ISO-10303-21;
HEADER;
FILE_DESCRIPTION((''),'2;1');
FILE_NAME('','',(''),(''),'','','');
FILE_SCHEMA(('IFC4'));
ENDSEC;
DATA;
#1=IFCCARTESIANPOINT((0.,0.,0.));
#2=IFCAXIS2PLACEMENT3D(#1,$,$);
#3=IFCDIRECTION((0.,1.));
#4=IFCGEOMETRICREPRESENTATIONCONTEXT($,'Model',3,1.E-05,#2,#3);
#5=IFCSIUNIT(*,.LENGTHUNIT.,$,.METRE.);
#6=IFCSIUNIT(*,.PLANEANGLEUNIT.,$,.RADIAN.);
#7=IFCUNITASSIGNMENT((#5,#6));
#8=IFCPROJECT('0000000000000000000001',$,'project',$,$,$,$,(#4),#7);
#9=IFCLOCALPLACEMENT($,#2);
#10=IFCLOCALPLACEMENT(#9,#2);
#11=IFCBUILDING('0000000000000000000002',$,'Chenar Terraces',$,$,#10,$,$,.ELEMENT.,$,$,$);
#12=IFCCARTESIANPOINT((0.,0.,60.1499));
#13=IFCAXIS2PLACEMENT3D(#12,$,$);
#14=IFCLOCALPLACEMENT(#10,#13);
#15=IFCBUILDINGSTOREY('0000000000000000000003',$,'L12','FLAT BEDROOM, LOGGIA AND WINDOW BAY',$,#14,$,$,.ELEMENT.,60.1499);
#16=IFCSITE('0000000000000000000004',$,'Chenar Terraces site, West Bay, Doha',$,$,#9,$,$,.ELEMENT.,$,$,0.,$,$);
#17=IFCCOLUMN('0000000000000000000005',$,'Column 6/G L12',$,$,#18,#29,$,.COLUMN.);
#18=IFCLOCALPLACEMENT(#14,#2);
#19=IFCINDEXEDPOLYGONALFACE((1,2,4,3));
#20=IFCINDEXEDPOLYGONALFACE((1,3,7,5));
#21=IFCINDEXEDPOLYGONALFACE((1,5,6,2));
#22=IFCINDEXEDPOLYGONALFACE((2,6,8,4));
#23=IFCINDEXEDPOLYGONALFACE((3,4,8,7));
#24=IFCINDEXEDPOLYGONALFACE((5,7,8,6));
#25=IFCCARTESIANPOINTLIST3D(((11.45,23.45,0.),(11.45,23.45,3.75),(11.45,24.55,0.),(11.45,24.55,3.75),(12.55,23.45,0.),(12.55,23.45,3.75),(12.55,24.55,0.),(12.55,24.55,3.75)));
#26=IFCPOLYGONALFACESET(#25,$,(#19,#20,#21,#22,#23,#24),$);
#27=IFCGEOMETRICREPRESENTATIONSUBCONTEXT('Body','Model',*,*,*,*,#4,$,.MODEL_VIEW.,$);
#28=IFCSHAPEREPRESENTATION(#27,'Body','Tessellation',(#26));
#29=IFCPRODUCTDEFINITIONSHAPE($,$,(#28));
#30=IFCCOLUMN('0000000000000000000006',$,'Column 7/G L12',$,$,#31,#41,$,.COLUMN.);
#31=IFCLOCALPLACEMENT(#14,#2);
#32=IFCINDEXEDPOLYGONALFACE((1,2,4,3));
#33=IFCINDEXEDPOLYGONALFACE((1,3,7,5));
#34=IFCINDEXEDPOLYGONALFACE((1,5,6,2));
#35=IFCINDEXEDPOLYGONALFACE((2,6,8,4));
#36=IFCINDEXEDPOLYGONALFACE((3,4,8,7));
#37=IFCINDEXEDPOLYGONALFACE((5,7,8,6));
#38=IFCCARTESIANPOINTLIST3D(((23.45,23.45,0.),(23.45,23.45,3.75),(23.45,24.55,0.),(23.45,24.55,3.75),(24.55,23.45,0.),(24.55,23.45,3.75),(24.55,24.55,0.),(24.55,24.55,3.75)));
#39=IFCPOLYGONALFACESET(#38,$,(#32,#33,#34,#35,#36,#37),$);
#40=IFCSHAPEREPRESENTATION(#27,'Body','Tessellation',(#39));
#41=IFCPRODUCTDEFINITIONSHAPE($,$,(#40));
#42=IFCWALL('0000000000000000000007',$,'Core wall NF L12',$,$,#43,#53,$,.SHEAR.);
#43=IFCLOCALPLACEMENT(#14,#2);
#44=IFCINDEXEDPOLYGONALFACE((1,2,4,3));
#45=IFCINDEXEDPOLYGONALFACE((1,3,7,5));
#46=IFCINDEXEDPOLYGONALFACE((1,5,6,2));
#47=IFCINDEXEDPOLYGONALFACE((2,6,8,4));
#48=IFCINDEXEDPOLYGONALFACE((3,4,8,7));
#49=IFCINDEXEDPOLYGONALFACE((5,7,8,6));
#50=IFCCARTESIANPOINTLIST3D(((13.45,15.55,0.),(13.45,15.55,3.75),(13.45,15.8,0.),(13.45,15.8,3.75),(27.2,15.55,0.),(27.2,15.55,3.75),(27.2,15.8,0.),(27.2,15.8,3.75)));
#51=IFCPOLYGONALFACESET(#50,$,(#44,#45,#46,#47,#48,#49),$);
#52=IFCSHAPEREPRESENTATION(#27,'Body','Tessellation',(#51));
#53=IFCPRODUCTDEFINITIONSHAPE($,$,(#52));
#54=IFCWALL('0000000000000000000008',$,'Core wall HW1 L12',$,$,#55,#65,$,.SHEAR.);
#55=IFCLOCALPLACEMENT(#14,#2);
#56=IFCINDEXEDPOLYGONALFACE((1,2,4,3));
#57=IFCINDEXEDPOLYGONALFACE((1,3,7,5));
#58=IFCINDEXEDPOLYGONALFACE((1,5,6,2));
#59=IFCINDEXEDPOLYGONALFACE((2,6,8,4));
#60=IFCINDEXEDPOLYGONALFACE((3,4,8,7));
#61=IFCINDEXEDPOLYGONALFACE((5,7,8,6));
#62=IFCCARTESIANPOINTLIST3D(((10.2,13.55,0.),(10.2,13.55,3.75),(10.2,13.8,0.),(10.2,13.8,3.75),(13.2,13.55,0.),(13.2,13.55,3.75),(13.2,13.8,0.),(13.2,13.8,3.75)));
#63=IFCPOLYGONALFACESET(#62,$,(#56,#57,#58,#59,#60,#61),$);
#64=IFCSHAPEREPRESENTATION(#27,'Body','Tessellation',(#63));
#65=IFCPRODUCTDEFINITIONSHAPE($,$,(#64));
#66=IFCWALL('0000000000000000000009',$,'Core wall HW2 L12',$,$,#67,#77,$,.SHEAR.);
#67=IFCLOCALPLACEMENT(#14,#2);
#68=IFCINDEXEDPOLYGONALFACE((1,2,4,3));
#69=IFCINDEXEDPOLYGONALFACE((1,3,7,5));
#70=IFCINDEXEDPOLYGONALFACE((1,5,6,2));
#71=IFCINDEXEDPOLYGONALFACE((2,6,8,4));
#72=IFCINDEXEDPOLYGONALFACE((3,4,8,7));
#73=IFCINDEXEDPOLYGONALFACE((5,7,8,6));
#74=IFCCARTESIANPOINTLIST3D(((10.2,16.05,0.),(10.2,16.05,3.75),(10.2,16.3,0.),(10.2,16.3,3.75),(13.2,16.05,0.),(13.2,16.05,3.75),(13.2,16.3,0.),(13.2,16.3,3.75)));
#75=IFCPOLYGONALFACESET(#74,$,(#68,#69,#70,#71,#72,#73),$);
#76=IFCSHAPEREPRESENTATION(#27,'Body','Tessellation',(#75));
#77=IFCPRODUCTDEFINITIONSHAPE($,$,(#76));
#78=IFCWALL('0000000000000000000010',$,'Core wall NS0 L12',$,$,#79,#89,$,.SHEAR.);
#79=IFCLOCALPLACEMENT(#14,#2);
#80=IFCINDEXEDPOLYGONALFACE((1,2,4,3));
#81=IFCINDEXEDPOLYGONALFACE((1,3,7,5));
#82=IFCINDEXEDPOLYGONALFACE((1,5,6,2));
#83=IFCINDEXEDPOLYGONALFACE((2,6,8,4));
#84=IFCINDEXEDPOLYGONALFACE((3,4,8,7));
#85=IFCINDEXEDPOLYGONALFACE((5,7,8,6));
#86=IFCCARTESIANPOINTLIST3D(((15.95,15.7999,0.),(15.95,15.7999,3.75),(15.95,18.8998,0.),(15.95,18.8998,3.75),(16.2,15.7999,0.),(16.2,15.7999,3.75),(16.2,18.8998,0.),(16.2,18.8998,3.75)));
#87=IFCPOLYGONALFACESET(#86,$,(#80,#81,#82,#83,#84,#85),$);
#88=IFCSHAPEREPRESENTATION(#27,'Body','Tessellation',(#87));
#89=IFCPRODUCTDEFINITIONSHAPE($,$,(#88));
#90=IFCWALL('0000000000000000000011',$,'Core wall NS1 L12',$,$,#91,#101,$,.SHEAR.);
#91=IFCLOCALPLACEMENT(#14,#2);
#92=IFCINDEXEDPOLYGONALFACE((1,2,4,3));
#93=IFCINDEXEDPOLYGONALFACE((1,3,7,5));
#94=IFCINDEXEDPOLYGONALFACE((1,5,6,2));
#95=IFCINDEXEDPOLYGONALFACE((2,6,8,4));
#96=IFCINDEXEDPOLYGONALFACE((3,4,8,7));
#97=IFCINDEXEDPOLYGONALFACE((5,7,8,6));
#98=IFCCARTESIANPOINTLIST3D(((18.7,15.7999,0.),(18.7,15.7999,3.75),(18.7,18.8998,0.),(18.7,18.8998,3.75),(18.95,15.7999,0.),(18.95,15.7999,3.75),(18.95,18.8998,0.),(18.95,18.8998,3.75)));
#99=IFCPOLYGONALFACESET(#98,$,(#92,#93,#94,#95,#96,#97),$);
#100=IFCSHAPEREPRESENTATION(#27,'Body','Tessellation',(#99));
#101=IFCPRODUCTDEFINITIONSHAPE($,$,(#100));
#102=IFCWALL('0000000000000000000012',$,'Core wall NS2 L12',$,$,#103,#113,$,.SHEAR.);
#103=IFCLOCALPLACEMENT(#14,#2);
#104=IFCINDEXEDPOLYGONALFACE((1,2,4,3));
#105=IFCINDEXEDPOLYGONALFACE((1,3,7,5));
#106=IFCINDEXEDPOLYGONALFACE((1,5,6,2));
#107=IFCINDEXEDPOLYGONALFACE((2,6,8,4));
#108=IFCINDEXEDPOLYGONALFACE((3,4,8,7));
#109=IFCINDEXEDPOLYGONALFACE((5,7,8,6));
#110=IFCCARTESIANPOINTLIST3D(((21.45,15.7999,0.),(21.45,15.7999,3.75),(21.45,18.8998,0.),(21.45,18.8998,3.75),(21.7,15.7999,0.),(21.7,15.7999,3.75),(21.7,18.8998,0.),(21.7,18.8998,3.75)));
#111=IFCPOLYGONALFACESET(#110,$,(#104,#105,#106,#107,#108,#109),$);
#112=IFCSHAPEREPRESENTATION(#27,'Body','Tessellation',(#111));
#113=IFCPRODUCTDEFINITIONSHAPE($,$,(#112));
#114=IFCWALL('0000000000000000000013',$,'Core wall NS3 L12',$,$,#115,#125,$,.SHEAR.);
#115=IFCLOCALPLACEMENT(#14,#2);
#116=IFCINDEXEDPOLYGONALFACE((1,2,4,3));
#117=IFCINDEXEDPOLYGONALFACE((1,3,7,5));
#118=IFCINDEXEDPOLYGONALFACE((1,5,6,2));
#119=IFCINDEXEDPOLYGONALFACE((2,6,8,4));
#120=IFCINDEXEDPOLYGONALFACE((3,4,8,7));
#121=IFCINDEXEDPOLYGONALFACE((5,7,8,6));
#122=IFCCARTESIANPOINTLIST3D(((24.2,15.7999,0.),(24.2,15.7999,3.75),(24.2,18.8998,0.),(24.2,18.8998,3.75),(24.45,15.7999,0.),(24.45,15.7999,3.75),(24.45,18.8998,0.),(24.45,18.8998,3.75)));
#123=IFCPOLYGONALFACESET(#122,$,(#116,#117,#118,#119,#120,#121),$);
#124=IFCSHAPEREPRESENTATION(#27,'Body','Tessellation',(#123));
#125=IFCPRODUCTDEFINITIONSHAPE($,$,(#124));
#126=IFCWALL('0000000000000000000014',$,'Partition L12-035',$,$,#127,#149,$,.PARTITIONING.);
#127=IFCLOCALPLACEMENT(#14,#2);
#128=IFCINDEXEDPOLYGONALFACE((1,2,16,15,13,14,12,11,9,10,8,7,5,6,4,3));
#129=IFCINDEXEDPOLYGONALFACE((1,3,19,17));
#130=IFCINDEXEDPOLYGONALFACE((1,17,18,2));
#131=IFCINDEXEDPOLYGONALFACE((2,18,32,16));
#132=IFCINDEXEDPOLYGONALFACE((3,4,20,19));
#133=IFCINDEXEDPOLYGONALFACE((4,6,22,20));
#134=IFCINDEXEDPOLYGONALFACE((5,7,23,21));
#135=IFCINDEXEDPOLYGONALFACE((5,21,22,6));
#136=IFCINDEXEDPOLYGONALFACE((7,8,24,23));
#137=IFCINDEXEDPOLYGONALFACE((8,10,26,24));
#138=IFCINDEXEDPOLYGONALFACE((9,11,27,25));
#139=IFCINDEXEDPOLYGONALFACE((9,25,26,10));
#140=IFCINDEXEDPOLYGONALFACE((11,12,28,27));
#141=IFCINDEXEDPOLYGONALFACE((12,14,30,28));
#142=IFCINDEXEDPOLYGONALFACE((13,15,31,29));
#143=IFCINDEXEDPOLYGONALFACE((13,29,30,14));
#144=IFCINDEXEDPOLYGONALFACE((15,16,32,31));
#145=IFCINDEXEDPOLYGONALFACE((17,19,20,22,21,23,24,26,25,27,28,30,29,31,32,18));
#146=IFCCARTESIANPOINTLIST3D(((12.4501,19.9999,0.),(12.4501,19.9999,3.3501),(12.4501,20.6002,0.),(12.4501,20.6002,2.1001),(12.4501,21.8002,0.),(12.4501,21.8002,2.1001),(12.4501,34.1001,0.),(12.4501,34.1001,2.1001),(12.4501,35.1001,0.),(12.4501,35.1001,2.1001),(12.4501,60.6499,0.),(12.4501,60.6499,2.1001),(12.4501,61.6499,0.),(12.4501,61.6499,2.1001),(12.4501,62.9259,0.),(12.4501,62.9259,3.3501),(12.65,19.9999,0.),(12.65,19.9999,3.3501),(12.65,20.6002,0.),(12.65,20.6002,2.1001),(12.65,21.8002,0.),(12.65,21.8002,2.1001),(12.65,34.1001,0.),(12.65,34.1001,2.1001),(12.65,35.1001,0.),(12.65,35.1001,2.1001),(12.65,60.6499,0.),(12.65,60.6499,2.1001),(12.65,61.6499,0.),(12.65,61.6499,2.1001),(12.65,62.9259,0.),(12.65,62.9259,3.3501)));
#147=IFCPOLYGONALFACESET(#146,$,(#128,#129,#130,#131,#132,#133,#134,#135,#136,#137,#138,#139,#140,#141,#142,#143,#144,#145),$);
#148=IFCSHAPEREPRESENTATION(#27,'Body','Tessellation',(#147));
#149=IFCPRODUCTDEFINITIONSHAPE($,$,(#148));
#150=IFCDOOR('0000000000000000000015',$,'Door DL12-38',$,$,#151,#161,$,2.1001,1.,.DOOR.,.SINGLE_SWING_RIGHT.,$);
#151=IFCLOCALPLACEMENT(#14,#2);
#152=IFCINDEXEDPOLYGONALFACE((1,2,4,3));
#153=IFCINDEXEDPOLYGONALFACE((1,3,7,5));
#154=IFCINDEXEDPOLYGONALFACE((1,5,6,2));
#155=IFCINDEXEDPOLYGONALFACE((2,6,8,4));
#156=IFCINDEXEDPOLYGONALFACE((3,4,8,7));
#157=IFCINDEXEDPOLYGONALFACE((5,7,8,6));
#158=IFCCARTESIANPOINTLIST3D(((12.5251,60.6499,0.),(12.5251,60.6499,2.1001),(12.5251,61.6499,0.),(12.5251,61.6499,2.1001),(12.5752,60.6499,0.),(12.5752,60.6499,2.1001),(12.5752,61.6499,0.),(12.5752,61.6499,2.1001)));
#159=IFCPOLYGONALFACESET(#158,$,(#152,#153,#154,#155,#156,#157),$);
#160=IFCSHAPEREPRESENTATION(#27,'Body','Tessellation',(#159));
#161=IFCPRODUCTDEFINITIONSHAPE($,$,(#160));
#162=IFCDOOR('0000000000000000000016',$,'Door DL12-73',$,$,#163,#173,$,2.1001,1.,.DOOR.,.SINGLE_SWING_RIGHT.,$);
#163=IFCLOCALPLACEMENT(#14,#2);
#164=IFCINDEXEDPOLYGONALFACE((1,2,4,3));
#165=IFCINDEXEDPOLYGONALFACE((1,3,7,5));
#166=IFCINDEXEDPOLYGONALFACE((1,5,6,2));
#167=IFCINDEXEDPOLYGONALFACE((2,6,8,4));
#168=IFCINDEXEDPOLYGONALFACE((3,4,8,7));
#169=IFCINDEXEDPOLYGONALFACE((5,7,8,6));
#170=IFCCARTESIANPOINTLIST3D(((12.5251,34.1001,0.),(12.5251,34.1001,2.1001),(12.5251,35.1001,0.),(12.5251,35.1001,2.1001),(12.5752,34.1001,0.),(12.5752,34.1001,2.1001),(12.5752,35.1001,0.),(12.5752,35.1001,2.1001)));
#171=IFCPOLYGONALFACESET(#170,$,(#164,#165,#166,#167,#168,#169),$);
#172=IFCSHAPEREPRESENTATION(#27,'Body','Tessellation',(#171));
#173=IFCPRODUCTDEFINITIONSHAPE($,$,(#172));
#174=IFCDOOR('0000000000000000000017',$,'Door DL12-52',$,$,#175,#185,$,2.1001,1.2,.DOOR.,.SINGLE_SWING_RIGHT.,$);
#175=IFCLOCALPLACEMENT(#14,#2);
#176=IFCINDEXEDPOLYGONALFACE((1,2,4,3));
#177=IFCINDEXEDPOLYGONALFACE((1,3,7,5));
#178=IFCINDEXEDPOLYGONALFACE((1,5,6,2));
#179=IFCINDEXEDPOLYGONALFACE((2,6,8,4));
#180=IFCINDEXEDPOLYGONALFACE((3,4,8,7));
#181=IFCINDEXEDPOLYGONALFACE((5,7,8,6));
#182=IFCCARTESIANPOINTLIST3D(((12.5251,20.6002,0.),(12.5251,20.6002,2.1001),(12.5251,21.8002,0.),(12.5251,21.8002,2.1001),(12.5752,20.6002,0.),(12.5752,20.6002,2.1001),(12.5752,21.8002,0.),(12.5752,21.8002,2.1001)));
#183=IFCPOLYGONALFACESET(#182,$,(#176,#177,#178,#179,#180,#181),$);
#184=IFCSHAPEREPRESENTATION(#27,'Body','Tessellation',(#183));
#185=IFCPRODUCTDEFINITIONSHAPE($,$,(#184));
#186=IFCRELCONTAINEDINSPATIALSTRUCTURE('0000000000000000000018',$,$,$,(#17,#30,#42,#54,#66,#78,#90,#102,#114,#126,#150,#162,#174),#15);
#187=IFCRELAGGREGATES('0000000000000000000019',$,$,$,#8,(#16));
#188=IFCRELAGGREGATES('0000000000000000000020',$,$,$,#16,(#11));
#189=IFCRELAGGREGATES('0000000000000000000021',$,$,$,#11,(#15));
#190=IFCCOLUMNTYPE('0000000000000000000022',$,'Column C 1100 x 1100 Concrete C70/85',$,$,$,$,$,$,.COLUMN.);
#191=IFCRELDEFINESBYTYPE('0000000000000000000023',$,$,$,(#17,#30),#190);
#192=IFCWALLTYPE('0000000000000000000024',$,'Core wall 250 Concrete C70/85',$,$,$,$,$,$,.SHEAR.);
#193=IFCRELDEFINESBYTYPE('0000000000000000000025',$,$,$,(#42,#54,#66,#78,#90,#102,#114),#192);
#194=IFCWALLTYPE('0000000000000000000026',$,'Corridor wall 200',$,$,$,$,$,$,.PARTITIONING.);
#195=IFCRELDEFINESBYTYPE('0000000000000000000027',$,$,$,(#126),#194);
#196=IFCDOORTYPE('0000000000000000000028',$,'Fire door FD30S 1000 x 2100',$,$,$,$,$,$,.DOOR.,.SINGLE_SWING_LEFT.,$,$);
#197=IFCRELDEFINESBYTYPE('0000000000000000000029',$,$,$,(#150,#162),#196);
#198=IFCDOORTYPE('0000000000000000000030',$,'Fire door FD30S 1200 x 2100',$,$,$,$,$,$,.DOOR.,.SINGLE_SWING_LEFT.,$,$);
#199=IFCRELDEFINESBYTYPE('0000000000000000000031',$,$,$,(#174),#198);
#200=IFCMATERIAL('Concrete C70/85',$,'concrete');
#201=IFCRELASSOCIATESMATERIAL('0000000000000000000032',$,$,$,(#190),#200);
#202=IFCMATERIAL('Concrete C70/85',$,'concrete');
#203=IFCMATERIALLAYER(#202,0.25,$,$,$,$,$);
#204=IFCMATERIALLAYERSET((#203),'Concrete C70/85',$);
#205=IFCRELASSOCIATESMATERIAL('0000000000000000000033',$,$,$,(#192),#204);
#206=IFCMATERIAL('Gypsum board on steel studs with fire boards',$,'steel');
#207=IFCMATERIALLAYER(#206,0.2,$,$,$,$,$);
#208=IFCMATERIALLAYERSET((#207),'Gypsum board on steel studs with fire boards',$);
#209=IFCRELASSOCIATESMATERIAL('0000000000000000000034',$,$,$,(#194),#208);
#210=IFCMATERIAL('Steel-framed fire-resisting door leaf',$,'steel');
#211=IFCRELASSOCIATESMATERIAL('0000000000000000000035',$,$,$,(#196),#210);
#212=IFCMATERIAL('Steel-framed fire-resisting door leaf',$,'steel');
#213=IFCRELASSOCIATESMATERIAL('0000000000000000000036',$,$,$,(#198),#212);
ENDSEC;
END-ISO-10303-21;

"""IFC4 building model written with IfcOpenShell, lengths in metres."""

from ifc_helpers import new_model, si_unit, direction, frame, frame_2d, origin, origin_2d, place, context, subcontext, project, spatial, rectangle, extrude, material, layer, layer_set, material_profile, profile_set, type_object, element, fill, save


model = new_model("IFC4")

# Units and contexts
model_context = context("Model", 3, precision=1e-05, world=origin(), true_north=direction((0.0, 1.0)))
body_context = subcontext(model_context, "Body", "Model", "MODEL_VIEW")
ifc_project = project(units=[si_unit("LENGTHUNIT", "METRE"), si_unit("PLANEANGLEUNIT", "RADIAN")], contexts=[model_context])

# Site, building, storey
site_placement = place(None, origin())
site = spatial("IfcSite", under=ifc_project, at=site_placement, Name="Chenar Terraces site, West Bay, Doha", CompositionType="ELEMENT", RefElevation=0.0)
building_placement = place(site_placement, origin())
building = spatial("IfcBuilding", under=site, at=building_placement, Name="Chenar Terraces", CompositionType="ELEMENT")
storey_placement = place(building_placement, frame((0.0, 0.0, 60.1499)))
storey = spatial("IfcBuildingStorey", under=building, at=storey_placement, Name="L12", Description="FLAT BEDROOM, LOGGIA AND WINDOW BAY", CompositionType="ELEMENT", Elevation=60.1499)

# Columns
ifc_material_1 = material(Name="Concrete C70/85", Category="concrete")
ifc_material_profile = material_profile(ifc_material_1, rectangle(XDim=1.1001, YDim=1.1001, at=origin_2d()), Name="C 1100 x 1100")
ifc_profile_set = profile_set([ifc_material_profile], Name="Concrete C70/85")
column_type = type_object("IfcColumnType", Name="Column C 1100 x 1100 Concrete C70/85", PredefinedType="COLUMN", material=ifc_profile_set)
for number, where, z_axis, x_axis, name in (
    (1, (12.0, 24.0, 0.0), (0.0, 0.0, 1.0), (1.0, 0.0, 0.0), "Column 6/G L12"),
    (2, (24.0, 24.0, 0.0), (0.0, 0.0, 1.0), (1.0, 0.0, 0.0), "Column 7/G L12"),
):
    element("IfcColumn", number, at=place(storey_placement, frame(where, z_axis=z_axis, x_axis=x_axis)), inside=storey, type_object=column_type, Name=name, PredefinedType="COLUMN", context=body_context, shape_type="SweptSolid", body=[
        extrude(rectangle(XDim=1.1001, YDim=1.1001, at=origin_2d()), origin(), (0.0, 0.0, 1.0), 3.75),
    ])

# Walls
ifc_material_2 = material(Name="Concrete C70/85", Category="concrete")
ifc_layer_1 = layer(ifc_material_2, 0.25)
ifc_layer_set_1 = layer_set([ifc_layer_1], Name="Concrete C70/85")
wall_type_1 = type_object("IfcWallType", Name="Core wall 250 Concrete C70/85", PredefinedType="SHEAR", material=ifc_layer_set_1)
wall_1_placement = place(storey_placement, frame((13.45, 15.675, 0.0), z_axis=(0.0, 0.0, 1.0), x_axis=(1.0, 0.0, 0.0)))
element("IfcWall", 3, at=wall_1_placement, inside=storey, type_object=wall_type_1, Name="Core wall NF L12", PredefinedType="SHEAR", context=body_context, shape_type="SweptSolid", body=[
    extrude(rectangle(XDim=13.75, YDim=0.25, at=frame_2d((6.875, 0.0))), origin(), (0.0, 0.0, 1.0), 3.75),
])
for number, where, z_axis, x_axis, name in (
    (4, (10.2, 13.675, 0.0), (0.0, 0.0, 1.0), (1.0, 0.0, 0.0), "Core wall HW1 L12"),
    (5, (10.2, 16.175, 0.0), (0.0, 0.0, 1.0), (1.0, 0.0, 0.0), "Core wall HW2 L12"),
):
    element("IfcWall", number, at=place(storey_placement, frame(where, z_axis=z_axis, x_axis=x_axis)), inside=storey, type_object=wall_type_1, Name=name, PredefinedType="SHEAR", context=body_context, shape_type="SweptSolid", body=[
        extrude(rectangle(XDim=3.0, YDim=0.25, at=frame_2d((1.5, 0.0))), origin(), (0.0, 0.0, 1.0), 3.75),
    ])
for number, where, z_axis, x_axis, name in (
    (6, (16.075, 15.8, 0.0), (0.0, 0.0, 1.0), (0.0, 1.0, 0.0), "Core wall NS0 L12"),
    (7, (18.825, 15.8, 0.0), (0.0, 0.0, 1.0), (0.0, 1.0, 0.0), "Core wall NS1 L12"),
    (8, (21.575, 15.8, 0.0), (0.0, 0.0, 1.0), (0.0, 1.0, 0.0), "Core wall NS2 L12"),
    (9, (24.325, 15.8, 0.0), (0.0, 0.0, 1.0), (0.0, 1.0, 0.0), "Core wall NS3 L12"),
):
    element("IfcWall", number, at=place(storey_placement, frame(where, z_axis=z_axis, x_axis=x_axis)), inside=storey, type_object=wall_type_1, Name=name, PredefinedType="SHEAR", context=body_context, shape_type="SweptSolid", body=[
        extrude(rectangle(XDim=3.0999, YDim=0.25, at=frame_2d((1.5498, 0.0))), origin(), (0.0, 0.0, 1.0), 3.75),
    ])

# Wall, openings, doors
ifc_material_3 = material(Name="Gypsum board on steel studs with fire boards", Category="steel")
ifc_layer_2 = layer(ifc_material_3, 0.2)
ifc_layer_set_2 = layer_set([ifc_layer_2], Name="Gypsum board on steel studs with fire boards")
wall_type_2 = type_object("IfcWallType", Name="Corridor wall 200", PredefinedType="PARTITIONING", material=ifc_layer_set_2)
wall_2_placement = place(storey_placement, frame((12.55, 20.0, 0.0), z_axis=(0.0, 0.0, 1.0), x_axis=(0.0, 1.0, 0.0)))
wall_2 = element("IfcWall", 10, at=wall_2_placement, inside=storey, type_object=wall_type_2, Name="Partition L12-035", PredefinedType="PARTITIONING", context=body_context, shape_type="SweptSolid", body=[
    extrude(rectangle(XDim=42.926, YDim=0.2, at=frame_2d((21.4629, 0.0))), origin(), (0.0, 0.0, 1.0), 3.3501),
])
opening_1_placement = place(wall_2_placement, frame((40.6499, 0.0, 0.0)))
opening_1 = element("IfcOpeningElement", 11, at=opening_1_placement, cuts=wall_2, PredefinedType="OPENING", context=body_context, shape_type="SweptSolid", body=[
    extrude(rectangle(XDim=1.0, YDim=2.1001, at=frame_2d((0.5, 1.05))), frame((0.0, 0.1099, 0.0), z_axis=(0.0, -1.0, 0.0), x_axis=(1.0, 0.0, 0.0)), (0.0, 0.0, 1.0), 0.22),
])
opening_2_placement = place(wall_2_placement, frame((0.6001, 0.0, 0.0)))
opening_2 = element("IfcOpeningElement", 12, at=opening_2_placement, cuts=wall_2, PredefinedType="OPENING", context=body_context, shape_type="SweptSolid", body=[
    extrude(rectangle(XDim=1.2, YDim=2.1001, at=frame_2d((0.6001, 1.05))), frame((0.0, 0.1099, 0.0), z_axis=(0.0, -1.0, 0.0), x_axis=(1.0, 0.0, 0.0)), (0.0, 0.0, 1.0), 0.22),
])
opening_3_placement = place(wall_2_placement, frame((14.1001, 0.0, 0.0)))
opening_3 = element("IfcOpeningElement", 13, at=opening_3_placement, cuts=wall_2, PredefinedType="OPENING", context=body_context, shape_type="SweptSolid", body=[
    extrude(rectangle(XDim=1.0, YDim=2.1001, at=frame_2d((0.5, 1.05))), frame((0.0, 0.1099, 0.0), z_axis=(0.0, -1.0, 0.0), x_axis=(1.0, 0.0, 0.0)), (0.0, 0.0, 1.0), 0.22),
])
ifc_material_4 = material(Name="Steel-framed fire-resisting door leaf", Category="steel")
door_type_1 = type_object("IfcDoorType", Name="Fire door FD30S 1000 x 2100", OperationType="SINGLE_SWING_LEFT", PredefinedType="DOOR", material=ifc_material_4)
door_1_placement = place(opening_1_placement, origin())
door_1 = element("IfcDoor", 14, at=door_1_placement, inside=storey, type_object=door_type_1, Name="Door DL12-38", OperationType="SINGLE_SWING_RIGHT", OverallHeight=2.1001, OverallWidth=1.0, PredefinedType="DOOR", context=body_context, shape_type="SweptSolid", body=[
    extrude(rectangle(XDim=1.0, YDim=2.1001, at=frame_2d((0.5, 1.05))), frame((0.0, 0.0249, 0.0), z_axis=(0.0, -1.0, 0.0), x_axis=(1.0, 0.0, 0.0)), (0.0, 0.0, 1.0), 0.05),
])
fill(opening_1, door_1)
door_2_placement = place(opening_3_placement, origin())
door_2 = element("IfcDoor", 15, at=door_2_placement, inside=storey, type_object=door_type_1, Name="Door DL12-73", OperationType="SINGLE_SWING_RIGHT", OverallHeight=2.1001, OverallWidth=1.0, PredefinedType="DOOR", context=body_context, shape_type="SweptSolid", body=[
    extrude(rectangle(XDim=1.0, YDim=2.1001, at=frame_2d((0.5, 1.05))), frame((0.0, 0.0249, 0.0), z_axis=(0.0, -1.0, 0.0), x_axis=(1.0, 0.0, 0.0)), (0.0, 0.0, 1.0), 0.05),
])
fill(opening_3, door_2)
ifc_material_5 = material(Name="Steel-framed fire-resisting door leaf", Category="steel")
door_type_2 = type_object("IfcDoorType", Name="Fire door FD30S 1200 x 2100", OperationType="SINGLE_SWING_LEFT", PredefinedType="DOOR", material=ifc_material_5)
door_3_placement = place(opening_2_placement, origin())
door_3 = element("IfcDoor", 16, at=door_3_placement, inside=storey, type_object=door_type_2, Name="Door DL12-52", OperationType="SINGLE_SWING_RIGHT", OverallHeight=2.1001, OverallWidth=1.2, PredefinedType="DOOR", context=body_context, shape_type="SweptSolid", body=[
    extrude(rectangle(XDim=1.2, YDim=2.1001, at=frame_2d((0.6001, 1.05))), frame((0.0, 0.0249, 0.0), z_axis=(0.0, -1.0, 0.0), x_axis=(1.0, 0.0, 0.0)), (0.0, 0.0, 1.0), 0.05),
])
fill(opening_2, door_3)

save(model, "model.ifc")
